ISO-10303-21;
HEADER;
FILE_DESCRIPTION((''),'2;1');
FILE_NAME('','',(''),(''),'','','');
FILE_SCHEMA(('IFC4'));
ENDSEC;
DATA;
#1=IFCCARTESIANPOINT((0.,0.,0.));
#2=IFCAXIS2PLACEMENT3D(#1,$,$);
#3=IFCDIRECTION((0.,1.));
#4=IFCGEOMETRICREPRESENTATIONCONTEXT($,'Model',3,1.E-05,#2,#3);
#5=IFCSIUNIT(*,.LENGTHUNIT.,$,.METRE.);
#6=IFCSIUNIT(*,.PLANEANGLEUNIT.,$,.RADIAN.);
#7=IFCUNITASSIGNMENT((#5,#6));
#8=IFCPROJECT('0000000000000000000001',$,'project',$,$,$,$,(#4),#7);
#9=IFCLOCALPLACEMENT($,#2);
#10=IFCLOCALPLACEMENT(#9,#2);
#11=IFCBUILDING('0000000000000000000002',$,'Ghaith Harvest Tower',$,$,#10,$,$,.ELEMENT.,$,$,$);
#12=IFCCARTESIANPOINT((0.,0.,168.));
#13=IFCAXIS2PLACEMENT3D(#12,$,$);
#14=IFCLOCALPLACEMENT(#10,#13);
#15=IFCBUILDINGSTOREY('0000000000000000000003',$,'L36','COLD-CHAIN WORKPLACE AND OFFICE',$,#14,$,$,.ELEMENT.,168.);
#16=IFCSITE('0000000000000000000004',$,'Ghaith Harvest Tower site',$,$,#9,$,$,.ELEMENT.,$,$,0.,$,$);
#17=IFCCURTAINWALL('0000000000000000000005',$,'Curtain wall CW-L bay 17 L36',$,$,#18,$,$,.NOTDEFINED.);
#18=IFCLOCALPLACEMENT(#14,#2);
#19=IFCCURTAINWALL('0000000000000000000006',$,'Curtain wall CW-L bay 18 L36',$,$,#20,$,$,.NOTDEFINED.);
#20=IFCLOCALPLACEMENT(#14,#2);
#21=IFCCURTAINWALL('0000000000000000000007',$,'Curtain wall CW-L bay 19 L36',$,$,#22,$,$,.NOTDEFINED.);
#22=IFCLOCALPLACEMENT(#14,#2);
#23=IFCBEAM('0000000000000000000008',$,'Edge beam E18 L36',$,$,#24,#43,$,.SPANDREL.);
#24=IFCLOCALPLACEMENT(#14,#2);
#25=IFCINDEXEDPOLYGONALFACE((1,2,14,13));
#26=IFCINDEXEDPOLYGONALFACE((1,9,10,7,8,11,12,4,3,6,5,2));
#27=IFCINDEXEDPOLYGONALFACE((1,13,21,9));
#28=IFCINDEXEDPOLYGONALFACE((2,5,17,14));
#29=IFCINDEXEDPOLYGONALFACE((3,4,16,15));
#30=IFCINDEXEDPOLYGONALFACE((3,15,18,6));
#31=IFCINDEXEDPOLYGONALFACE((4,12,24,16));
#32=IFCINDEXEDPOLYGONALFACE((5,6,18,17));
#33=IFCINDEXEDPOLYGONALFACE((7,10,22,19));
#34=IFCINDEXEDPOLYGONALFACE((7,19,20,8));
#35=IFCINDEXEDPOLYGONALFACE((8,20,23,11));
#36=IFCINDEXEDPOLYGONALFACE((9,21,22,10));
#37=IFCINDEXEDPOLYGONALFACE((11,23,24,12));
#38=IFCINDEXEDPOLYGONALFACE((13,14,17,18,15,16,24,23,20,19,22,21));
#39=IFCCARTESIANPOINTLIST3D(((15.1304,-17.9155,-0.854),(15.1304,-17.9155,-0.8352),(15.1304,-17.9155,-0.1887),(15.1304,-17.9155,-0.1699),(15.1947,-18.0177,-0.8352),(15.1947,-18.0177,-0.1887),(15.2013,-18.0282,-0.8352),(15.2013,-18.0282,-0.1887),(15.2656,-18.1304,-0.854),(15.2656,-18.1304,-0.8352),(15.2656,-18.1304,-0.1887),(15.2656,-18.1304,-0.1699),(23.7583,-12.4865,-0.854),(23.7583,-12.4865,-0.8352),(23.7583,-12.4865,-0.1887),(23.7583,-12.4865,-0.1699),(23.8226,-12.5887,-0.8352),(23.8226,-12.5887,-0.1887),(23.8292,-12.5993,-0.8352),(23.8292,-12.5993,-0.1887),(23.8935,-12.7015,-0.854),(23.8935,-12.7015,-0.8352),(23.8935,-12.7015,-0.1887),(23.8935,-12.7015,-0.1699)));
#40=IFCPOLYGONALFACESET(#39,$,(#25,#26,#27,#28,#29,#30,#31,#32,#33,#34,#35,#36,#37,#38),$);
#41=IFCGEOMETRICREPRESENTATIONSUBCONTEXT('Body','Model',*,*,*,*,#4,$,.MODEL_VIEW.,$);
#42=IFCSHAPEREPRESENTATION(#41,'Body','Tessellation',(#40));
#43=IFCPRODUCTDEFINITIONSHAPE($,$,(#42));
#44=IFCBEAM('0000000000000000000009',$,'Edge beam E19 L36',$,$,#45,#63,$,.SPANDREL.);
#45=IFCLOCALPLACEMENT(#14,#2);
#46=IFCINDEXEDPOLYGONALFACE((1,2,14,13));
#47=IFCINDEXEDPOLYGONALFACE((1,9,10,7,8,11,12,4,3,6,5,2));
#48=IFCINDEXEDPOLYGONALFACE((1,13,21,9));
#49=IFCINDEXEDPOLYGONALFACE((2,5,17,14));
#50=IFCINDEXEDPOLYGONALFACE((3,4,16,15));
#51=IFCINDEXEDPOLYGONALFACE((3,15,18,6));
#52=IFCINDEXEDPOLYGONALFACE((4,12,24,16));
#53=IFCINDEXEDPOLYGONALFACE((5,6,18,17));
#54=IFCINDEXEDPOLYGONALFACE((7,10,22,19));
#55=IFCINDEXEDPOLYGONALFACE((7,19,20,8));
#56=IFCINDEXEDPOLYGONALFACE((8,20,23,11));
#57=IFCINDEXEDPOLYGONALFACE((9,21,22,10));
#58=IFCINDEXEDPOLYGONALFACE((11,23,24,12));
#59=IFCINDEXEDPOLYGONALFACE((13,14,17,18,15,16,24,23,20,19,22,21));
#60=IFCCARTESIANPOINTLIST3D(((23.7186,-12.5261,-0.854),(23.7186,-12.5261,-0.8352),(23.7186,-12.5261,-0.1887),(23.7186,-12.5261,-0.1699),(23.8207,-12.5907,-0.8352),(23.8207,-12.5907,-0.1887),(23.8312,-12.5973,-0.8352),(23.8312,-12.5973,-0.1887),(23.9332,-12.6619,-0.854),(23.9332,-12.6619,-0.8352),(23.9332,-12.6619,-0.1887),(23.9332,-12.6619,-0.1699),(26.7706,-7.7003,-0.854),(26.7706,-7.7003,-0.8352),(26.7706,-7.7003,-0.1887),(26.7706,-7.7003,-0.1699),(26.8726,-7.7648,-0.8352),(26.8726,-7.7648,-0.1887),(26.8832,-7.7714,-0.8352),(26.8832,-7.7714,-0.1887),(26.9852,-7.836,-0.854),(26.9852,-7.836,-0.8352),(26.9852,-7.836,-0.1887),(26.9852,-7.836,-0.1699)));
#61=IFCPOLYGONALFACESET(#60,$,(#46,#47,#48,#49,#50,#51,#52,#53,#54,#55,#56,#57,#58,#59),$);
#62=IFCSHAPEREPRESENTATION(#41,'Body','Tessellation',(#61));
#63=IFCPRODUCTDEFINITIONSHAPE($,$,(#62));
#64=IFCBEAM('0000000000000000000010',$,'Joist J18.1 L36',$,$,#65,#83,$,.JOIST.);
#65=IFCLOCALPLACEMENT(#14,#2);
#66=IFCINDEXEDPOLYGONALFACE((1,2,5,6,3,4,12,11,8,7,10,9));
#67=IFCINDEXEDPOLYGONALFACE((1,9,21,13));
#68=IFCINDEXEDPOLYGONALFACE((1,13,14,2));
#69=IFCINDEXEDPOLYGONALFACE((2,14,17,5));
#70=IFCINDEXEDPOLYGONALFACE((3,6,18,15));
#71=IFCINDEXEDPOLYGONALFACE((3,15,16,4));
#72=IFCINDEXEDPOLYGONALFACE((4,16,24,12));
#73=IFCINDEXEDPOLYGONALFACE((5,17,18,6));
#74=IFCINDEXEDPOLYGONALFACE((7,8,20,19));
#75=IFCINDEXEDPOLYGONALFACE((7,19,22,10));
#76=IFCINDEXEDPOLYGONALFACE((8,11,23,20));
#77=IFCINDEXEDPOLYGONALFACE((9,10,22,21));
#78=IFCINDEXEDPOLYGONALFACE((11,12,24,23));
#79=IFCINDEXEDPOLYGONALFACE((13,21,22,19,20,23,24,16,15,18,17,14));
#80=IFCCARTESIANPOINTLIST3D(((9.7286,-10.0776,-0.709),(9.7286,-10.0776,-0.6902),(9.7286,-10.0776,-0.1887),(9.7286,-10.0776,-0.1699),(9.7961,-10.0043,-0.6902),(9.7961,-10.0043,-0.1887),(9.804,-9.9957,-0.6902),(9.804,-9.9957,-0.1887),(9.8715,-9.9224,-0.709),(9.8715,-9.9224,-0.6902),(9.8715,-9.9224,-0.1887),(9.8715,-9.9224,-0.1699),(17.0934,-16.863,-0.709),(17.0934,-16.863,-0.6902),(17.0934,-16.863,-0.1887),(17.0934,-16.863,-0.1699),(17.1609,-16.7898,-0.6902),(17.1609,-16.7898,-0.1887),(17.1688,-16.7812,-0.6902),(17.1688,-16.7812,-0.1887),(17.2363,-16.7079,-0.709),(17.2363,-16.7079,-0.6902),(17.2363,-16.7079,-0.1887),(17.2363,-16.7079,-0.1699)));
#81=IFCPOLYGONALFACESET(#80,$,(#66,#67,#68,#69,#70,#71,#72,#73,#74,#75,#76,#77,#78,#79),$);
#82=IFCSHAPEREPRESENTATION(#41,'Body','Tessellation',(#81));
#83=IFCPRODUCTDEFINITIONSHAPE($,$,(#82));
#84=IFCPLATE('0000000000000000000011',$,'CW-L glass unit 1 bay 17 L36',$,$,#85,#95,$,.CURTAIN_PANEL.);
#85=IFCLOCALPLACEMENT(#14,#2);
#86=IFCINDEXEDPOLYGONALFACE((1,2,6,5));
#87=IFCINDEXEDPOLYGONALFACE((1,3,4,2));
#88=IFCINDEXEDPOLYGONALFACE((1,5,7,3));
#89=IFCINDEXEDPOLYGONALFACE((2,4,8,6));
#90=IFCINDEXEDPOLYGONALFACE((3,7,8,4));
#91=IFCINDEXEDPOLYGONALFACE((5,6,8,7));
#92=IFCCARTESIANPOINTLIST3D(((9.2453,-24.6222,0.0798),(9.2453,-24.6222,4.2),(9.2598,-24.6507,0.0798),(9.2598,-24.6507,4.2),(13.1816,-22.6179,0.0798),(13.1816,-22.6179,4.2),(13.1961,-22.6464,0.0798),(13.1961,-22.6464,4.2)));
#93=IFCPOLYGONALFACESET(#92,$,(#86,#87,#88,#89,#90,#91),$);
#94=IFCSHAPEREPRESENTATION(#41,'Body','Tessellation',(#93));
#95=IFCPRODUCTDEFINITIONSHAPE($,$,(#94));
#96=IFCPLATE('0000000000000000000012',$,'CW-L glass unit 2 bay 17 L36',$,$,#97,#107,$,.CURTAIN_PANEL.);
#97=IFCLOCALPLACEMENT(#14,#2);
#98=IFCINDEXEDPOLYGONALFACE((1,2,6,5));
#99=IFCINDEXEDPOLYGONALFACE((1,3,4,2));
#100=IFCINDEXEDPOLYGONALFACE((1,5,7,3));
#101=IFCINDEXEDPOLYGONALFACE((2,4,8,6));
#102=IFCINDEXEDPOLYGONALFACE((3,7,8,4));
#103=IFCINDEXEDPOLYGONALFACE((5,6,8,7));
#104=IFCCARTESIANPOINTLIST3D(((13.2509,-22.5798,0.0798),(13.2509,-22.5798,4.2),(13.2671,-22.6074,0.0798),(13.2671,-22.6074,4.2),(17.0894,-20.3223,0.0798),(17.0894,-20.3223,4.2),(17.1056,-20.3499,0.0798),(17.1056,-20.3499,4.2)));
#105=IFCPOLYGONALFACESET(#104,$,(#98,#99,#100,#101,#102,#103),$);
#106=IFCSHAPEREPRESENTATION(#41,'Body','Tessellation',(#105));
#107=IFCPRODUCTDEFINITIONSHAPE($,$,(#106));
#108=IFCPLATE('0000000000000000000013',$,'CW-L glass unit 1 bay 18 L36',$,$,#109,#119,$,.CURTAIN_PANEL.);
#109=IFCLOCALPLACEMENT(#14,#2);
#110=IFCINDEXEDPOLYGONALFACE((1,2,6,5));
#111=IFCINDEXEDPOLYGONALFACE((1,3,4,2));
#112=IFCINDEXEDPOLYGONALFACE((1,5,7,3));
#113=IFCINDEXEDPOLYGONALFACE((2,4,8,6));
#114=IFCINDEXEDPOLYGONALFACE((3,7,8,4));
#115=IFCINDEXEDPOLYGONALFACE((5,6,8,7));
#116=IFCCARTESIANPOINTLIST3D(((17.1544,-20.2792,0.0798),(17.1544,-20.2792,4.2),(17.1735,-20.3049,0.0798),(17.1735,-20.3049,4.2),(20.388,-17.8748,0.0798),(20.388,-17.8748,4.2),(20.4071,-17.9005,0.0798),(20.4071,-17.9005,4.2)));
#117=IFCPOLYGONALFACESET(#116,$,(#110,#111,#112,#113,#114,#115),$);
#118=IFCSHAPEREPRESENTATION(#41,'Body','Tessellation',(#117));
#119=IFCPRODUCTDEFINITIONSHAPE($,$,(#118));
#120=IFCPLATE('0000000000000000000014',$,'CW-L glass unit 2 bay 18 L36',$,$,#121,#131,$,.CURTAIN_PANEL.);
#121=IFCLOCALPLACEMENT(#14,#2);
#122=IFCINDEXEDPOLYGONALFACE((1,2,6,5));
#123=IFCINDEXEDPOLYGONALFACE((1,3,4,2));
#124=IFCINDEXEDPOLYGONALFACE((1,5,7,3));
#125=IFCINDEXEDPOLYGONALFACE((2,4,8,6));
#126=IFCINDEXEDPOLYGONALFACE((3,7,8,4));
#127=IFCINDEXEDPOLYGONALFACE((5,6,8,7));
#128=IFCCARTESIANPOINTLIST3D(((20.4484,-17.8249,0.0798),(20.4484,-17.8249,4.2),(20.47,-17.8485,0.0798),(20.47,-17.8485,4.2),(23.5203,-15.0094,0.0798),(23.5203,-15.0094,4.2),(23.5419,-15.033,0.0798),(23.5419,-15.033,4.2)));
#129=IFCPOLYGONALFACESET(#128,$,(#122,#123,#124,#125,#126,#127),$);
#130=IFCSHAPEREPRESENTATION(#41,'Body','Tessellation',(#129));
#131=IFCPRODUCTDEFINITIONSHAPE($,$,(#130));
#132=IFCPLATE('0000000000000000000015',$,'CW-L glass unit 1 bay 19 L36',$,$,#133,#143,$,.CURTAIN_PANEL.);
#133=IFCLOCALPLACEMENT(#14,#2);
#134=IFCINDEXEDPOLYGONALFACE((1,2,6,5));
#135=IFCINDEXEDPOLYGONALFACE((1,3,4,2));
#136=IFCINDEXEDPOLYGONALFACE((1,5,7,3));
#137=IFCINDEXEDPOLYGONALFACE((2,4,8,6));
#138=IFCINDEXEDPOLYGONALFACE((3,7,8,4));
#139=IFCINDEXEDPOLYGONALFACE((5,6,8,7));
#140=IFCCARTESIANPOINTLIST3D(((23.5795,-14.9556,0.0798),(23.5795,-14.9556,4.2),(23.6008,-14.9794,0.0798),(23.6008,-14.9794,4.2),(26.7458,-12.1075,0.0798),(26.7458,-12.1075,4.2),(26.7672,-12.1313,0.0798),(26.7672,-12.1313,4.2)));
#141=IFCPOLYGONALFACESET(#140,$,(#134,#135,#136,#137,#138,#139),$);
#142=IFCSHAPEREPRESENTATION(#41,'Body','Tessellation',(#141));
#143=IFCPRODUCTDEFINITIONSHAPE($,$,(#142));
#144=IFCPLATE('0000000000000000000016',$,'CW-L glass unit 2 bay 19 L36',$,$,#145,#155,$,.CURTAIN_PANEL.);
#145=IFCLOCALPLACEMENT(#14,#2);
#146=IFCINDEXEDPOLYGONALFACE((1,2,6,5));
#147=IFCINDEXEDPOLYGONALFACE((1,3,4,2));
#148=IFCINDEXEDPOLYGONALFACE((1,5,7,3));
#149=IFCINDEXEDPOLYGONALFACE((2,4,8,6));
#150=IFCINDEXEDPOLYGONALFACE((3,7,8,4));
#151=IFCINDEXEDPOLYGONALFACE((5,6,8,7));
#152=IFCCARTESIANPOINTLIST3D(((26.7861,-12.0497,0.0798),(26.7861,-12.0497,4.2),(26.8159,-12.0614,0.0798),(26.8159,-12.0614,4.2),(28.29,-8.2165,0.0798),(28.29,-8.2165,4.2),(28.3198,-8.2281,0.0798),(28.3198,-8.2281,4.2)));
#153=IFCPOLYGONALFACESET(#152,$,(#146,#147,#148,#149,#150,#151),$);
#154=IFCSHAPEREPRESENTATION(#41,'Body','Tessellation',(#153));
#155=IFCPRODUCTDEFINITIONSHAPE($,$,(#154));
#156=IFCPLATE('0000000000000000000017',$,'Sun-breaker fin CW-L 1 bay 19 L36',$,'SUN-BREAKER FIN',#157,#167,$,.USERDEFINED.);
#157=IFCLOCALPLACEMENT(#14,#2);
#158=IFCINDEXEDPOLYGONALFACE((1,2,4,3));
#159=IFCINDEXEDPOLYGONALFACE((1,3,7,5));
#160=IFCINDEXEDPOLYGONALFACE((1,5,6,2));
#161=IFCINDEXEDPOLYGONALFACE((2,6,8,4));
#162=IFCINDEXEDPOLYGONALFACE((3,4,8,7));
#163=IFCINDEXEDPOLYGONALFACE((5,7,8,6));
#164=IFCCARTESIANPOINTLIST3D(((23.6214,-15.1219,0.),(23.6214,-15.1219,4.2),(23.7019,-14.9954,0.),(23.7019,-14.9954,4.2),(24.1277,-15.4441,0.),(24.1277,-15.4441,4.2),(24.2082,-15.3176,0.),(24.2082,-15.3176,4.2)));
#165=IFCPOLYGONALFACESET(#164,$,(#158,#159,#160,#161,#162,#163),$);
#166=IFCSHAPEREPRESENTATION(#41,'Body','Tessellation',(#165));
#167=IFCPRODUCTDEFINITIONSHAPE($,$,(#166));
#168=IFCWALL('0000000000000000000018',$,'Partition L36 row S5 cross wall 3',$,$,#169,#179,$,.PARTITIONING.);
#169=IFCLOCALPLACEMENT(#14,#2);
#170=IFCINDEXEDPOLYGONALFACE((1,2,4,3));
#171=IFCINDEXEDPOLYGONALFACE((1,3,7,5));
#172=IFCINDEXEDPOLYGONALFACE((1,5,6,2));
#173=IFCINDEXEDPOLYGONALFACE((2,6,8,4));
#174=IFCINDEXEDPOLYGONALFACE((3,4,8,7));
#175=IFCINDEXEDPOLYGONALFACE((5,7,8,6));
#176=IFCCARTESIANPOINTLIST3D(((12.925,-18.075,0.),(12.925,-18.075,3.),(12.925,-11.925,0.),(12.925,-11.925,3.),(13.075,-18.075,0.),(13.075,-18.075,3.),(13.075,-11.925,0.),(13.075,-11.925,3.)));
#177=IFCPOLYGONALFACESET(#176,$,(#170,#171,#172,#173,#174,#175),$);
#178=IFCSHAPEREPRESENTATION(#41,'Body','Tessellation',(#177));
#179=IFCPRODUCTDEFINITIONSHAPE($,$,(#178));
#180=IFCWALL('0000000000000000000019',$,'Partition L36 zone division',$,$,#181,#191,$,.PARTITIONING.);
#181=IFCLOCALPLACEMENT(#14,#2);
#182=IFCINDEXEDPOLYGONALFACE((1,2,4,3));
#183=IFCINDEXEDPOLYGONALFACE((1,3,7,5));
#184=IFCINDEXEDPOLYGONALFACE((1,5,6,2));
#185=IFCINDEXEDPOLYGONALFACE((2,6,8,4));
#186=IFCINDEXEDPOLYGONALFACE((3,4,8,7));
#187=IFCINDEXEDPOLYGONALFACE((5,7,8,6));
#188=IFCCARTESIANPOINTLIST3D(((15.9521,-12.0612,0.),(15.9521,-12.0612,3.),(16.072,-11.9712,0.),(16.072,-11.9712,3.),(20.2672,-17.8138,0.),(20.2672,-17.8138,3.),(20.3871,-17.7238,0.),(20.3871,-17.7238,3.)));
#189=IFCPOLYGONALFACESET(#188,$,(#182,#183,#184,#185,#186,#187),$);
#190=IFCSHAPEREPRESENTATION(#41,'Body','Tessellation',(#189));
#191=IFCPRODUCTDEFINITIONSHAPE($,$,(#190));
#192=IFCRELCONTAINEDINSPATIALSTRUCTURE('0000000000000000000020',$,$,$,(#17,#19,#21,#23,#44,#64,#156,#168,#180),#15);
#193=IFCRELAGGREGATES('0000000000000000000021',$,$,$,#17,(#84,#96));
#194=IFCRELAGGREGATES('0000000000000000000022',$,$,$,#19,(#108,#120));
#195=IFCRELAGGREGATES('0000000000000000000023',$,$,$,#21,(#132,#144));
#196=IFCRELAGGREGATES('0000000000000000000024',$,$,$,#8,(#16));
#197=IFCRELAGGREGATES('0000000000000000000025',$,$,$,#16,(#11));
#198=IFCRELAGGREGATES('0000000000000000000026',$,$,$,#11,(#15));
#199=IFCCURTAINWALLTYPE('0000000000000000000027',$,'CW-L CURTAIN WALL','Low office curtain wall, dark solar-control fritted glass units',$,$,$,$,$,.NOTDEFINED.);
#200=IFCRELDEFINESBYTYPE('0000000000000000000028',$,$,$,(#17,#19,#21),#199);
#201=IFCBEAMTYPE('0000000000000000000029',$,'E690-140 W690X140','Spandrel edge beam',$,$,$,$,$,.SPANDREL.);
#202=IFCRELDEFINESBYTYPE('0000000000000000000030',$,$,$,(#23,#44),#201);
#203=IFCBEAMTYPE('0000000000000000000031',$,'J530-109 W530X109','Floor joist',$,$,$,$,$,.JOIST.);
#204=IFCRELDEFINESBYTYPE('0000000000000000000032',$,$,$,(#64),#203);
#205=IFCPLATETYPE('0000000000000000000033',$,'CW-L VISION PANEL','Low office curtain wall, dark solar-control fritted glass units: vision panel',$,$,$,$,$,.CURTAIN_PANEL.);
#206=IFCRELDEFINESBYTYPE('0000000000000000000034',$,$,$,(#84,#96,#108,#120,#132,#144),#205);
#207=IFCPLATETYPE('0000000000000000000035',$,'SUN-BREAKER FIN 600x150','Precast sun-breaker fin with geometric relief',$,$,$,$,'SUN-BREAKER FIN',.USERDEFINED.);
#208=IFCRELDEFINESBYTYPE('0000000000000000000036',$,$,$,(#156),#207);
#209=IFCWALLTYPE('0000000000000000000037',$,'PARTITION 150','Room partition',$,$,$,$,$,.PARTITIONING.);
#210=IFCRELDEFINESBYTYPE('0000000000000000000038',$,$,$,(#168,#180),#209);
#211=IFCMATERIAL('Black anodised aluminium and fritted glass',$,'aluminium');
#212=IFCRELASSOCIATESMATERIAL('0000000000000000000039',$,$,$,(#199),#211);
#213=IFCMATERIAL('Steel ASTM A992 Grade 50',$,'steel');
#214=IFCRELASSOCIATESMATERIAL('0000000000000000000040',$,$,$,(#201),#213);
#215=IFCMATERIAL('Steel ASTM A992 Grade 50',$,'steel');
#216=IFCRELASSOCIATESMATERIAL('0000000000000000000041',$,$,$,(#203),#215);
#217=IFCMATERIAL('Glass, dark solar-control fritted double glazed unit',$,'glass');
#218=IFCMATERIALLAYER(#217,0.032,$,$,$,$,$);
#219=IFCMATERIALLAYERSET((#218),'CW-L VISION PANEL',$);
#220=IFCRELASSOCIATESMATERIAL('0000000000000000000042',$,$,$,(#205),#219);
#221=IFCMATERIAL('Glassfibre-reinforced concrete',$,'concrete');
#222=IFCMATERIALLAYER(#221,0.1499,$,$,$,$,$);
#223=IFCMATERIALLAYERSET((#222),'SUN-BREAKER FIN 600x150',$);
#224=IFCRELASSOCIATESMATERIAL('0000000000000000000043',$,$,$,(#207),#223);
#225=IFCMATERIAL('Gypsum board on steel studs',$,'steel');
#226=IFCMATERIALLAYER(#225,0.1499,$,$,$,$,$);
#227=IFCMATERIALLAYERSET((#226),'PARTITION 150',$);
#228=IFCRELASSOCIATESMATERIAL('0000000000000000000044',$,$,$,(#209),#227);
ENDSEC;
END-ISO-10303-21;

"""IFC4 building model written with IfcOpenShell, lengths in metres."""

from ifc_helpers import new_model, si_unit, direction, frame, frame_2d, origin, origin_2d, place, context, subcontext, project, spatial, rectangle, i_section, extrude, material, layer, layer_set, material_profile, profile_set, type_object, element, aggregate, save


model = new_model("IFC4")

# Units and contexts
model_context = context("Model", 3, precision=1e-05, world=origin(), true_north=direction((0.0, 1.0)))
body_context = subcontext(model_context, "Body", "Model", "MODEL_VIEW")
ifc_project = project(units=[si_unit("LENGTHUNIT", "METRE"), si_unit("PLANEANGLEUNIT", "RADIAN")], contexts=[model_context])

# Site, building, storey
site_placement = place(None, origin())
site = spatial("IfcSite", under=ifc_project, at=site_placement, Name="Ghaith Harvest Tower site", CompositionType="ELEMENT", RefElevation=0.0)
building_placement = place(site_placement, origin())
building = spatial("IfcBuilding", under=site, at=building_placement, Name="Ghaith Harvest Tower", CompositionType="ELEMENT")
storey_placement = place(building_placement, frame((0.0, 0.0, 168.0)))
storey = spatial("IfcBuildingStorey", under=building, at=storey_placement, Name="L36", Description="COLD-CHAIN WORKPLACE AND OFFICE", CompositionType="ELEMENT", Elevation=168.0)

# Curtain walls
ifc_material_1 = material(Name="Black anodised aluminium and fritted glass", Category="aluminium")
curtain_wall_type = type_object("IfcCurtainWallType", Name="CW-L CURTAIN WALL", Description="Low office curtain wall, dark solar-control fritted glass units", PredefinedType="NOTDEFINED", material=ifc_material_1)
curtain_wall_1_placement = place(storey_placement, origin())
curtain_wall_1 = element("IfcCurtainWall", 1, at=curtain_wall_1_placement, inside=storey, type_object=curtain_wall_type, Name="Curtain wall CW-L bay 17 L36", PredefinedType="NOTDEFINED")
curtain_wall_2_placement = place(storey_placement, origin())
curtain_wall_2 = element("IfcCurtainWall", 2, at=curtain_wall_2_placement, inside=storey, type_object=curtain_wall_type, Name="Curtain wall CW-L bay 18 L36", PredefinedType="NOTDEFINED")
curtain_wall_3_placement = place(storey_placement, origin())
curtain_wall_3 = element("IfcCurtainWall", 3, at=curtain_wall_3_placement, inside=storey, type_object=curtain_wall_type, Name="Curtain wall CW-L bay 19 L36", PredefinedType="NOTDEFINED")

# Beams
ifc_material_2 = material(Name="Steel ASTM A992 Grade 50", Category="steel")
ifc_material_profile_1 = material_profile(ifc_material_2, i_section(OverallWidth=0.2539, OverallDepth=0.6841, WebThickness=0.0125, FlangeThickness=0.0188, at=origin_2d()), Name="W690X140")
ifc_profile_set_1 = profile_set([ifc_material_profile_1], Name="Steel ASTM A992 Grade 50")
beam_type_1 = type_object("IfcBeamType", Name="E690-140 W690X140", Description="Spandrel edge beam", PredefinedType="SPANDREL", material=ifc_profile_set_1)
beam_1_placement = place(storey_placement, frame((15.198, -18.0229, -0.512), z_axis=(0.846385, 0.532571, 0.0), x_axis=(-0.532571, 0.846385, 0.0)))
element("IfcBeam", 4, at=beam_1_placement, inside=storey, type_object=beam_type_1, Name="Edge beam E18 L36", PredefinedType="SPANDREL", context=body_context, shape_type="SweptSolid", body=[
    extrude(i_section(OverallWidth=0.2539, OverallDepth=0.6841, WebThickness=0.0125, FlangeThickness=0.0188, at=origin_2d()), origin(), (0.0, 0.0, 1.0), 10.1938),
])
beam_2_placement = place(storey_placement, frame((23.8259, -12.594, -0.512), z_axis=(0.5345, 0.845169, 0.0), x_axis=(-0.845169, 0.5345, 0.0)))
element("IfcBeam", 5, at=beam_2_placement, inside=storey, type_object=beam_type_1, Name="Edge beam E19 L36", PredefinedType="SPANDREL", context=body_context, shape_type="SweptSolid", body=[
    extrude(i_section(OverallWidth=0.2539, OverallDepth=0.6841, WebThickness=0.0125, FlangeThickness=0.0188, at=origin_2d()), origin(), (0.0, 0.0, 1.0), 5.71),
])
ifc_material_3 = material(Name="Steel ASTM A992 Grade 50", Category="steel")
ifc_material_profile_2 = material_profile(ifc_material_3, i_section(OverallWidth=0.2109, OverallDepth=0.5391, WebThickness=0.0117, FlangeThickness=0.0188, at=origin_2d()), Name="W530X109")
ifc_profile_set_2 = profile_set([ifc_material_profile_2], Name="Steel ASTM A992 Grade 50")
beam_type_2 = type_object("IfcBeamType", Name="J530-109 W530X109", Description="Floor joist", PredefinedType="JOIST", material=ifc_profile_set_2)
beam_3_placement = place(storey_placement, frame((9.8, -10.0, -0.4395), z_axis=(0.735442, -0.677588, 0.0), x_axis=(0.677588, 0.735442, 0.0)))
element("IfcBeam", 6, at=beam_3_placement, inside=storey, type_object=beam_type_2, Name="Joist J18.1 L36", PredefinedType="JOIST", context=body_context, shape_type="SweptSolid", body=[
    extrude(i_section(OverallWidth=0.2109, OverallDepth=0.5391, WebThickness=0.0117, FlangeThickness=0.0188, at=origin_2d()), origin(), (0.0, 0.0, 1.0), 10.0142),
])

# Plates
ifc_material_4 = material(Name="Glass, dark solar-control fritted double glazed unit", Category="glass")
ifc_layer_1 = layer(ifc_material_4, 0.032)
ifc_layer_set_1 = layer_set([ifc_layer_1], Name="CW-L VISION PANEL")
plate_type_1 = type_object("IfcPlateType", Name="CW-L VISION PANEL", Description="Low office curtain wall, dark solar-control fritted glass units: vision panel", PredefinedType="CURTAIN_PANEL", material=ifc_layer_set_1)
plate_1_placement = place(storey_placement, frame((11.2207, -23.6343, 0.0798), z_axis=(0.0, 0.0, 1.0), x_axis=(0.891127, 0.453754, 0.0)))
plate_1 = element("IfcPlate", 7, at=plate_1_placement, type_object=plate_type_1, Name="CW-L glass unit 1 bay 17 L36", PredefinedType="CURTAIN_PANEL", context=body_context, shape_type="SweptSolid", body=[
    extrude(rectangle(XDim=4.4172, YDim=0.032, at=origin_2d()), origin(), (0.0, 0.0, 1.0), 4.1201),
])
plate_2_placement = place(storey_placement, frame((15.1782, -21.4648, 0.0798), z_axis=(0.0, 0.0, 1.0), x_axis=(0.861979, 0.506943, 0.0)))
plate_2 = element("IfcPlate", 8, at=plate_2_placement, type_object=plate_type_1, Name="CW-L glass unit 2 bay 17 L36", PredefinedType="CURTAIN_PANEL", context=body_context, shape_type="SweptSolid", body=[
    extrude(rectangle(XDim=4.4531, YDim=0.032, at=origin_2d()), origin(), (0.0, 0.0, 1.0), 4.1201),
])
aggregate(curtain_wall_1, [plate_1, plate_2])
plate_3_placement = place(storey_placement, frame((18.7808, -19.0898, 0.0798), z_axis=(0.0, 0.0, 1.0), x_axis=(0.802462, 0.596703, 0.0)))
plate_3 = element("IfcPlate", 9, at=plate_3_placement, type_object=plate_type_1, Name="CW-L glass unit 1 bay 18 L36", PredefinedType="CURTAIN_PANEL", context=body_context, shape_type="SweptSolid", body=[
    extrude(rectangle(XDim=4.0295, YDim=0.032, at=origin_2d()), origin(), (0.0, 0.0, 1.0), 4.1201),
])
plate_4_placement = place(storey_placement, frame((21.9951, -16.429, 0.0798), z_axis=(0.0, 0.0, 1.0), x_axis=(0.737202, 0.675673, 0.0)))
plate_4 = element("IfcPlate", 10, at=plate_4_placement, type_object=plate_type_1, Name="CW-L glass unit 2 bay 18 L36", PredefinedType="CURTAIN_PANEL", context=body_context, shape_type="SweptSolid", body=[
    extrude(rectangle(XDim=4.167, YDim=0.032, at=origin_2d()), origin(), (0.0, 0.0, 1.0), 4.1201),
])
aggregate(curtain_wall_2, [plate_3, plate_4])
plate_5_placement = place(storey_placement, frame((25.1733, -13.5435, 0.0798), z_axis=(0.0, 0.0, 1.0), x_axis=(0.743493, 0.668744, 0.0)))
plate_5 = element("IfcPlate", 11, at=plate_5_placement, type_object=plate_type_1, Name="CW-L glass unit 1 bay 19 L36", PredefinedType="CURTAIN_PANEL", context=body_context, shape_type="SweptSolid", body=[
    extrude(rectangle(XDim=4.2588, YDim=0.032, at=origin_2d()), origin(), (0.0, 0.0, 1.0), 4.1201),
])
plate_6_placement = place(storey_placement, frame((27.553, -10.1389, 0.0798), z_axis=(0.0, 0.0, 1.0), x_axis=(0.365226, 0.930919, 0.0)))
plate_6 = element("IfcPlate", 12, at=plate_6_placement, type_object=plate_type_1, Name="CW-L glass unit 2 bay 19 L36", PredefinedType="CURTAIN_PANEL", context=body_context, shape_type="SweptSolid", body=[
    extrude(rectangle(XDim=4.1177, YDim=0.032, at=origin_2d()), origin(), (0.0, 0.0, 1.0), 4.1201),
])
aggregate(curtain_wall_3, [plate_5, plate_6])
ifc_material_5 = material(Name="Glassfibre-reinforced concrete", Category="concrete")
ifc_layer_2 = layer(ifc_material_5, 0.1499)
ifc_layer_set_2 = layer_set([ifc_layer_2], Name="SUN-BREAKER FIN 600x150")
plate_type_2 = type_object("IfcPlateType", Name="SUN-BREAKER FIN 600x150", Description="Precast sun-breaker fin with geometric relief", ElementType="SUN-BREAKER FIN", PredefinedType="USERDEFINED", material=ifc_layer_set_2)
plate_7_placement = place(storey_placement, frame((23.9148, -15.2197, 0.0), z_axis=(0.0, 0.0, 1.0), x_axis=(0.843644, -0.536903, 0.0)))
element("IfcPlate", 13, at=plate_7_placement, inside=storey, type_object=plate_type_2, Name="Sun-breaker fin CW-L 1 bay 19 L36", ObjectType="SUN-BREAKER FIN", PredefinedType="USERDEFINED", context=body_context, shape_type="SweptSolid", body=[
    extrude(rectangle(XDim=0.6001, YDim=0.1499, at=origin_2d()), origin(), (0.0, 0.0, 1.0), 4.2),
])

# Walls
ifc_material_6 = material(Name="Gypsum board on steel studs", Category="steel")
ifc_layer_3 = layer(ifc_material_6, 0.1499)
ifc_layer_set_3 = layer_set([ifc_layer_3], Name="PARTITION 150")
wall_type = type_object("IfcWallType", Name="PARTITION 150", Description="Room partition", PredefinedType="PARTITIONING", material=ifc_layer_set_3)
wall_1_placement = place(storey_placement, frame((13.0, -11.925, 0.0), z_axis=(0.0, 0.0, 1.0), x_axis=(0.0, -1.0, 0.0)))
element("IfcWall", 14, at=wall_1_placement, inside=storey, type_object=wall_type, Name="Partition L36 row S5 cross wall 3", PredefinedType="PARTITIONING", context=body_context, shape_type="SweptSolid", body=[
    extrude(rectangle(XDim=6.1499, YDim=0.1499, at=frame_2d((3.075, 0.0))), origin(), (0.0, 0.0, 1.0), 3.0),
])
wall_2_placement = place(storey_placement, frame((16.012, -12.0161, 0.0), z_axis=(0.0, 0.0, 1.0), x_axis=(0.60006, -0.799955, 0.0)))
element("IfcWall", 15, at=wall_2_placement, inside=storey, type_object=wall_type, Name="Partition L36 zone division", PredefinedType="PARTITIONING", context=body_context, shape_type="SweptSolid", body=[
    extrude(rectangle(XDim=7.1912, YDim=0.1499, at=frame_2d((3.5957, 0.0))), origin(), (0.0, 0.0, 1.0), 3.0),
])

save(model, "model.ifc")
